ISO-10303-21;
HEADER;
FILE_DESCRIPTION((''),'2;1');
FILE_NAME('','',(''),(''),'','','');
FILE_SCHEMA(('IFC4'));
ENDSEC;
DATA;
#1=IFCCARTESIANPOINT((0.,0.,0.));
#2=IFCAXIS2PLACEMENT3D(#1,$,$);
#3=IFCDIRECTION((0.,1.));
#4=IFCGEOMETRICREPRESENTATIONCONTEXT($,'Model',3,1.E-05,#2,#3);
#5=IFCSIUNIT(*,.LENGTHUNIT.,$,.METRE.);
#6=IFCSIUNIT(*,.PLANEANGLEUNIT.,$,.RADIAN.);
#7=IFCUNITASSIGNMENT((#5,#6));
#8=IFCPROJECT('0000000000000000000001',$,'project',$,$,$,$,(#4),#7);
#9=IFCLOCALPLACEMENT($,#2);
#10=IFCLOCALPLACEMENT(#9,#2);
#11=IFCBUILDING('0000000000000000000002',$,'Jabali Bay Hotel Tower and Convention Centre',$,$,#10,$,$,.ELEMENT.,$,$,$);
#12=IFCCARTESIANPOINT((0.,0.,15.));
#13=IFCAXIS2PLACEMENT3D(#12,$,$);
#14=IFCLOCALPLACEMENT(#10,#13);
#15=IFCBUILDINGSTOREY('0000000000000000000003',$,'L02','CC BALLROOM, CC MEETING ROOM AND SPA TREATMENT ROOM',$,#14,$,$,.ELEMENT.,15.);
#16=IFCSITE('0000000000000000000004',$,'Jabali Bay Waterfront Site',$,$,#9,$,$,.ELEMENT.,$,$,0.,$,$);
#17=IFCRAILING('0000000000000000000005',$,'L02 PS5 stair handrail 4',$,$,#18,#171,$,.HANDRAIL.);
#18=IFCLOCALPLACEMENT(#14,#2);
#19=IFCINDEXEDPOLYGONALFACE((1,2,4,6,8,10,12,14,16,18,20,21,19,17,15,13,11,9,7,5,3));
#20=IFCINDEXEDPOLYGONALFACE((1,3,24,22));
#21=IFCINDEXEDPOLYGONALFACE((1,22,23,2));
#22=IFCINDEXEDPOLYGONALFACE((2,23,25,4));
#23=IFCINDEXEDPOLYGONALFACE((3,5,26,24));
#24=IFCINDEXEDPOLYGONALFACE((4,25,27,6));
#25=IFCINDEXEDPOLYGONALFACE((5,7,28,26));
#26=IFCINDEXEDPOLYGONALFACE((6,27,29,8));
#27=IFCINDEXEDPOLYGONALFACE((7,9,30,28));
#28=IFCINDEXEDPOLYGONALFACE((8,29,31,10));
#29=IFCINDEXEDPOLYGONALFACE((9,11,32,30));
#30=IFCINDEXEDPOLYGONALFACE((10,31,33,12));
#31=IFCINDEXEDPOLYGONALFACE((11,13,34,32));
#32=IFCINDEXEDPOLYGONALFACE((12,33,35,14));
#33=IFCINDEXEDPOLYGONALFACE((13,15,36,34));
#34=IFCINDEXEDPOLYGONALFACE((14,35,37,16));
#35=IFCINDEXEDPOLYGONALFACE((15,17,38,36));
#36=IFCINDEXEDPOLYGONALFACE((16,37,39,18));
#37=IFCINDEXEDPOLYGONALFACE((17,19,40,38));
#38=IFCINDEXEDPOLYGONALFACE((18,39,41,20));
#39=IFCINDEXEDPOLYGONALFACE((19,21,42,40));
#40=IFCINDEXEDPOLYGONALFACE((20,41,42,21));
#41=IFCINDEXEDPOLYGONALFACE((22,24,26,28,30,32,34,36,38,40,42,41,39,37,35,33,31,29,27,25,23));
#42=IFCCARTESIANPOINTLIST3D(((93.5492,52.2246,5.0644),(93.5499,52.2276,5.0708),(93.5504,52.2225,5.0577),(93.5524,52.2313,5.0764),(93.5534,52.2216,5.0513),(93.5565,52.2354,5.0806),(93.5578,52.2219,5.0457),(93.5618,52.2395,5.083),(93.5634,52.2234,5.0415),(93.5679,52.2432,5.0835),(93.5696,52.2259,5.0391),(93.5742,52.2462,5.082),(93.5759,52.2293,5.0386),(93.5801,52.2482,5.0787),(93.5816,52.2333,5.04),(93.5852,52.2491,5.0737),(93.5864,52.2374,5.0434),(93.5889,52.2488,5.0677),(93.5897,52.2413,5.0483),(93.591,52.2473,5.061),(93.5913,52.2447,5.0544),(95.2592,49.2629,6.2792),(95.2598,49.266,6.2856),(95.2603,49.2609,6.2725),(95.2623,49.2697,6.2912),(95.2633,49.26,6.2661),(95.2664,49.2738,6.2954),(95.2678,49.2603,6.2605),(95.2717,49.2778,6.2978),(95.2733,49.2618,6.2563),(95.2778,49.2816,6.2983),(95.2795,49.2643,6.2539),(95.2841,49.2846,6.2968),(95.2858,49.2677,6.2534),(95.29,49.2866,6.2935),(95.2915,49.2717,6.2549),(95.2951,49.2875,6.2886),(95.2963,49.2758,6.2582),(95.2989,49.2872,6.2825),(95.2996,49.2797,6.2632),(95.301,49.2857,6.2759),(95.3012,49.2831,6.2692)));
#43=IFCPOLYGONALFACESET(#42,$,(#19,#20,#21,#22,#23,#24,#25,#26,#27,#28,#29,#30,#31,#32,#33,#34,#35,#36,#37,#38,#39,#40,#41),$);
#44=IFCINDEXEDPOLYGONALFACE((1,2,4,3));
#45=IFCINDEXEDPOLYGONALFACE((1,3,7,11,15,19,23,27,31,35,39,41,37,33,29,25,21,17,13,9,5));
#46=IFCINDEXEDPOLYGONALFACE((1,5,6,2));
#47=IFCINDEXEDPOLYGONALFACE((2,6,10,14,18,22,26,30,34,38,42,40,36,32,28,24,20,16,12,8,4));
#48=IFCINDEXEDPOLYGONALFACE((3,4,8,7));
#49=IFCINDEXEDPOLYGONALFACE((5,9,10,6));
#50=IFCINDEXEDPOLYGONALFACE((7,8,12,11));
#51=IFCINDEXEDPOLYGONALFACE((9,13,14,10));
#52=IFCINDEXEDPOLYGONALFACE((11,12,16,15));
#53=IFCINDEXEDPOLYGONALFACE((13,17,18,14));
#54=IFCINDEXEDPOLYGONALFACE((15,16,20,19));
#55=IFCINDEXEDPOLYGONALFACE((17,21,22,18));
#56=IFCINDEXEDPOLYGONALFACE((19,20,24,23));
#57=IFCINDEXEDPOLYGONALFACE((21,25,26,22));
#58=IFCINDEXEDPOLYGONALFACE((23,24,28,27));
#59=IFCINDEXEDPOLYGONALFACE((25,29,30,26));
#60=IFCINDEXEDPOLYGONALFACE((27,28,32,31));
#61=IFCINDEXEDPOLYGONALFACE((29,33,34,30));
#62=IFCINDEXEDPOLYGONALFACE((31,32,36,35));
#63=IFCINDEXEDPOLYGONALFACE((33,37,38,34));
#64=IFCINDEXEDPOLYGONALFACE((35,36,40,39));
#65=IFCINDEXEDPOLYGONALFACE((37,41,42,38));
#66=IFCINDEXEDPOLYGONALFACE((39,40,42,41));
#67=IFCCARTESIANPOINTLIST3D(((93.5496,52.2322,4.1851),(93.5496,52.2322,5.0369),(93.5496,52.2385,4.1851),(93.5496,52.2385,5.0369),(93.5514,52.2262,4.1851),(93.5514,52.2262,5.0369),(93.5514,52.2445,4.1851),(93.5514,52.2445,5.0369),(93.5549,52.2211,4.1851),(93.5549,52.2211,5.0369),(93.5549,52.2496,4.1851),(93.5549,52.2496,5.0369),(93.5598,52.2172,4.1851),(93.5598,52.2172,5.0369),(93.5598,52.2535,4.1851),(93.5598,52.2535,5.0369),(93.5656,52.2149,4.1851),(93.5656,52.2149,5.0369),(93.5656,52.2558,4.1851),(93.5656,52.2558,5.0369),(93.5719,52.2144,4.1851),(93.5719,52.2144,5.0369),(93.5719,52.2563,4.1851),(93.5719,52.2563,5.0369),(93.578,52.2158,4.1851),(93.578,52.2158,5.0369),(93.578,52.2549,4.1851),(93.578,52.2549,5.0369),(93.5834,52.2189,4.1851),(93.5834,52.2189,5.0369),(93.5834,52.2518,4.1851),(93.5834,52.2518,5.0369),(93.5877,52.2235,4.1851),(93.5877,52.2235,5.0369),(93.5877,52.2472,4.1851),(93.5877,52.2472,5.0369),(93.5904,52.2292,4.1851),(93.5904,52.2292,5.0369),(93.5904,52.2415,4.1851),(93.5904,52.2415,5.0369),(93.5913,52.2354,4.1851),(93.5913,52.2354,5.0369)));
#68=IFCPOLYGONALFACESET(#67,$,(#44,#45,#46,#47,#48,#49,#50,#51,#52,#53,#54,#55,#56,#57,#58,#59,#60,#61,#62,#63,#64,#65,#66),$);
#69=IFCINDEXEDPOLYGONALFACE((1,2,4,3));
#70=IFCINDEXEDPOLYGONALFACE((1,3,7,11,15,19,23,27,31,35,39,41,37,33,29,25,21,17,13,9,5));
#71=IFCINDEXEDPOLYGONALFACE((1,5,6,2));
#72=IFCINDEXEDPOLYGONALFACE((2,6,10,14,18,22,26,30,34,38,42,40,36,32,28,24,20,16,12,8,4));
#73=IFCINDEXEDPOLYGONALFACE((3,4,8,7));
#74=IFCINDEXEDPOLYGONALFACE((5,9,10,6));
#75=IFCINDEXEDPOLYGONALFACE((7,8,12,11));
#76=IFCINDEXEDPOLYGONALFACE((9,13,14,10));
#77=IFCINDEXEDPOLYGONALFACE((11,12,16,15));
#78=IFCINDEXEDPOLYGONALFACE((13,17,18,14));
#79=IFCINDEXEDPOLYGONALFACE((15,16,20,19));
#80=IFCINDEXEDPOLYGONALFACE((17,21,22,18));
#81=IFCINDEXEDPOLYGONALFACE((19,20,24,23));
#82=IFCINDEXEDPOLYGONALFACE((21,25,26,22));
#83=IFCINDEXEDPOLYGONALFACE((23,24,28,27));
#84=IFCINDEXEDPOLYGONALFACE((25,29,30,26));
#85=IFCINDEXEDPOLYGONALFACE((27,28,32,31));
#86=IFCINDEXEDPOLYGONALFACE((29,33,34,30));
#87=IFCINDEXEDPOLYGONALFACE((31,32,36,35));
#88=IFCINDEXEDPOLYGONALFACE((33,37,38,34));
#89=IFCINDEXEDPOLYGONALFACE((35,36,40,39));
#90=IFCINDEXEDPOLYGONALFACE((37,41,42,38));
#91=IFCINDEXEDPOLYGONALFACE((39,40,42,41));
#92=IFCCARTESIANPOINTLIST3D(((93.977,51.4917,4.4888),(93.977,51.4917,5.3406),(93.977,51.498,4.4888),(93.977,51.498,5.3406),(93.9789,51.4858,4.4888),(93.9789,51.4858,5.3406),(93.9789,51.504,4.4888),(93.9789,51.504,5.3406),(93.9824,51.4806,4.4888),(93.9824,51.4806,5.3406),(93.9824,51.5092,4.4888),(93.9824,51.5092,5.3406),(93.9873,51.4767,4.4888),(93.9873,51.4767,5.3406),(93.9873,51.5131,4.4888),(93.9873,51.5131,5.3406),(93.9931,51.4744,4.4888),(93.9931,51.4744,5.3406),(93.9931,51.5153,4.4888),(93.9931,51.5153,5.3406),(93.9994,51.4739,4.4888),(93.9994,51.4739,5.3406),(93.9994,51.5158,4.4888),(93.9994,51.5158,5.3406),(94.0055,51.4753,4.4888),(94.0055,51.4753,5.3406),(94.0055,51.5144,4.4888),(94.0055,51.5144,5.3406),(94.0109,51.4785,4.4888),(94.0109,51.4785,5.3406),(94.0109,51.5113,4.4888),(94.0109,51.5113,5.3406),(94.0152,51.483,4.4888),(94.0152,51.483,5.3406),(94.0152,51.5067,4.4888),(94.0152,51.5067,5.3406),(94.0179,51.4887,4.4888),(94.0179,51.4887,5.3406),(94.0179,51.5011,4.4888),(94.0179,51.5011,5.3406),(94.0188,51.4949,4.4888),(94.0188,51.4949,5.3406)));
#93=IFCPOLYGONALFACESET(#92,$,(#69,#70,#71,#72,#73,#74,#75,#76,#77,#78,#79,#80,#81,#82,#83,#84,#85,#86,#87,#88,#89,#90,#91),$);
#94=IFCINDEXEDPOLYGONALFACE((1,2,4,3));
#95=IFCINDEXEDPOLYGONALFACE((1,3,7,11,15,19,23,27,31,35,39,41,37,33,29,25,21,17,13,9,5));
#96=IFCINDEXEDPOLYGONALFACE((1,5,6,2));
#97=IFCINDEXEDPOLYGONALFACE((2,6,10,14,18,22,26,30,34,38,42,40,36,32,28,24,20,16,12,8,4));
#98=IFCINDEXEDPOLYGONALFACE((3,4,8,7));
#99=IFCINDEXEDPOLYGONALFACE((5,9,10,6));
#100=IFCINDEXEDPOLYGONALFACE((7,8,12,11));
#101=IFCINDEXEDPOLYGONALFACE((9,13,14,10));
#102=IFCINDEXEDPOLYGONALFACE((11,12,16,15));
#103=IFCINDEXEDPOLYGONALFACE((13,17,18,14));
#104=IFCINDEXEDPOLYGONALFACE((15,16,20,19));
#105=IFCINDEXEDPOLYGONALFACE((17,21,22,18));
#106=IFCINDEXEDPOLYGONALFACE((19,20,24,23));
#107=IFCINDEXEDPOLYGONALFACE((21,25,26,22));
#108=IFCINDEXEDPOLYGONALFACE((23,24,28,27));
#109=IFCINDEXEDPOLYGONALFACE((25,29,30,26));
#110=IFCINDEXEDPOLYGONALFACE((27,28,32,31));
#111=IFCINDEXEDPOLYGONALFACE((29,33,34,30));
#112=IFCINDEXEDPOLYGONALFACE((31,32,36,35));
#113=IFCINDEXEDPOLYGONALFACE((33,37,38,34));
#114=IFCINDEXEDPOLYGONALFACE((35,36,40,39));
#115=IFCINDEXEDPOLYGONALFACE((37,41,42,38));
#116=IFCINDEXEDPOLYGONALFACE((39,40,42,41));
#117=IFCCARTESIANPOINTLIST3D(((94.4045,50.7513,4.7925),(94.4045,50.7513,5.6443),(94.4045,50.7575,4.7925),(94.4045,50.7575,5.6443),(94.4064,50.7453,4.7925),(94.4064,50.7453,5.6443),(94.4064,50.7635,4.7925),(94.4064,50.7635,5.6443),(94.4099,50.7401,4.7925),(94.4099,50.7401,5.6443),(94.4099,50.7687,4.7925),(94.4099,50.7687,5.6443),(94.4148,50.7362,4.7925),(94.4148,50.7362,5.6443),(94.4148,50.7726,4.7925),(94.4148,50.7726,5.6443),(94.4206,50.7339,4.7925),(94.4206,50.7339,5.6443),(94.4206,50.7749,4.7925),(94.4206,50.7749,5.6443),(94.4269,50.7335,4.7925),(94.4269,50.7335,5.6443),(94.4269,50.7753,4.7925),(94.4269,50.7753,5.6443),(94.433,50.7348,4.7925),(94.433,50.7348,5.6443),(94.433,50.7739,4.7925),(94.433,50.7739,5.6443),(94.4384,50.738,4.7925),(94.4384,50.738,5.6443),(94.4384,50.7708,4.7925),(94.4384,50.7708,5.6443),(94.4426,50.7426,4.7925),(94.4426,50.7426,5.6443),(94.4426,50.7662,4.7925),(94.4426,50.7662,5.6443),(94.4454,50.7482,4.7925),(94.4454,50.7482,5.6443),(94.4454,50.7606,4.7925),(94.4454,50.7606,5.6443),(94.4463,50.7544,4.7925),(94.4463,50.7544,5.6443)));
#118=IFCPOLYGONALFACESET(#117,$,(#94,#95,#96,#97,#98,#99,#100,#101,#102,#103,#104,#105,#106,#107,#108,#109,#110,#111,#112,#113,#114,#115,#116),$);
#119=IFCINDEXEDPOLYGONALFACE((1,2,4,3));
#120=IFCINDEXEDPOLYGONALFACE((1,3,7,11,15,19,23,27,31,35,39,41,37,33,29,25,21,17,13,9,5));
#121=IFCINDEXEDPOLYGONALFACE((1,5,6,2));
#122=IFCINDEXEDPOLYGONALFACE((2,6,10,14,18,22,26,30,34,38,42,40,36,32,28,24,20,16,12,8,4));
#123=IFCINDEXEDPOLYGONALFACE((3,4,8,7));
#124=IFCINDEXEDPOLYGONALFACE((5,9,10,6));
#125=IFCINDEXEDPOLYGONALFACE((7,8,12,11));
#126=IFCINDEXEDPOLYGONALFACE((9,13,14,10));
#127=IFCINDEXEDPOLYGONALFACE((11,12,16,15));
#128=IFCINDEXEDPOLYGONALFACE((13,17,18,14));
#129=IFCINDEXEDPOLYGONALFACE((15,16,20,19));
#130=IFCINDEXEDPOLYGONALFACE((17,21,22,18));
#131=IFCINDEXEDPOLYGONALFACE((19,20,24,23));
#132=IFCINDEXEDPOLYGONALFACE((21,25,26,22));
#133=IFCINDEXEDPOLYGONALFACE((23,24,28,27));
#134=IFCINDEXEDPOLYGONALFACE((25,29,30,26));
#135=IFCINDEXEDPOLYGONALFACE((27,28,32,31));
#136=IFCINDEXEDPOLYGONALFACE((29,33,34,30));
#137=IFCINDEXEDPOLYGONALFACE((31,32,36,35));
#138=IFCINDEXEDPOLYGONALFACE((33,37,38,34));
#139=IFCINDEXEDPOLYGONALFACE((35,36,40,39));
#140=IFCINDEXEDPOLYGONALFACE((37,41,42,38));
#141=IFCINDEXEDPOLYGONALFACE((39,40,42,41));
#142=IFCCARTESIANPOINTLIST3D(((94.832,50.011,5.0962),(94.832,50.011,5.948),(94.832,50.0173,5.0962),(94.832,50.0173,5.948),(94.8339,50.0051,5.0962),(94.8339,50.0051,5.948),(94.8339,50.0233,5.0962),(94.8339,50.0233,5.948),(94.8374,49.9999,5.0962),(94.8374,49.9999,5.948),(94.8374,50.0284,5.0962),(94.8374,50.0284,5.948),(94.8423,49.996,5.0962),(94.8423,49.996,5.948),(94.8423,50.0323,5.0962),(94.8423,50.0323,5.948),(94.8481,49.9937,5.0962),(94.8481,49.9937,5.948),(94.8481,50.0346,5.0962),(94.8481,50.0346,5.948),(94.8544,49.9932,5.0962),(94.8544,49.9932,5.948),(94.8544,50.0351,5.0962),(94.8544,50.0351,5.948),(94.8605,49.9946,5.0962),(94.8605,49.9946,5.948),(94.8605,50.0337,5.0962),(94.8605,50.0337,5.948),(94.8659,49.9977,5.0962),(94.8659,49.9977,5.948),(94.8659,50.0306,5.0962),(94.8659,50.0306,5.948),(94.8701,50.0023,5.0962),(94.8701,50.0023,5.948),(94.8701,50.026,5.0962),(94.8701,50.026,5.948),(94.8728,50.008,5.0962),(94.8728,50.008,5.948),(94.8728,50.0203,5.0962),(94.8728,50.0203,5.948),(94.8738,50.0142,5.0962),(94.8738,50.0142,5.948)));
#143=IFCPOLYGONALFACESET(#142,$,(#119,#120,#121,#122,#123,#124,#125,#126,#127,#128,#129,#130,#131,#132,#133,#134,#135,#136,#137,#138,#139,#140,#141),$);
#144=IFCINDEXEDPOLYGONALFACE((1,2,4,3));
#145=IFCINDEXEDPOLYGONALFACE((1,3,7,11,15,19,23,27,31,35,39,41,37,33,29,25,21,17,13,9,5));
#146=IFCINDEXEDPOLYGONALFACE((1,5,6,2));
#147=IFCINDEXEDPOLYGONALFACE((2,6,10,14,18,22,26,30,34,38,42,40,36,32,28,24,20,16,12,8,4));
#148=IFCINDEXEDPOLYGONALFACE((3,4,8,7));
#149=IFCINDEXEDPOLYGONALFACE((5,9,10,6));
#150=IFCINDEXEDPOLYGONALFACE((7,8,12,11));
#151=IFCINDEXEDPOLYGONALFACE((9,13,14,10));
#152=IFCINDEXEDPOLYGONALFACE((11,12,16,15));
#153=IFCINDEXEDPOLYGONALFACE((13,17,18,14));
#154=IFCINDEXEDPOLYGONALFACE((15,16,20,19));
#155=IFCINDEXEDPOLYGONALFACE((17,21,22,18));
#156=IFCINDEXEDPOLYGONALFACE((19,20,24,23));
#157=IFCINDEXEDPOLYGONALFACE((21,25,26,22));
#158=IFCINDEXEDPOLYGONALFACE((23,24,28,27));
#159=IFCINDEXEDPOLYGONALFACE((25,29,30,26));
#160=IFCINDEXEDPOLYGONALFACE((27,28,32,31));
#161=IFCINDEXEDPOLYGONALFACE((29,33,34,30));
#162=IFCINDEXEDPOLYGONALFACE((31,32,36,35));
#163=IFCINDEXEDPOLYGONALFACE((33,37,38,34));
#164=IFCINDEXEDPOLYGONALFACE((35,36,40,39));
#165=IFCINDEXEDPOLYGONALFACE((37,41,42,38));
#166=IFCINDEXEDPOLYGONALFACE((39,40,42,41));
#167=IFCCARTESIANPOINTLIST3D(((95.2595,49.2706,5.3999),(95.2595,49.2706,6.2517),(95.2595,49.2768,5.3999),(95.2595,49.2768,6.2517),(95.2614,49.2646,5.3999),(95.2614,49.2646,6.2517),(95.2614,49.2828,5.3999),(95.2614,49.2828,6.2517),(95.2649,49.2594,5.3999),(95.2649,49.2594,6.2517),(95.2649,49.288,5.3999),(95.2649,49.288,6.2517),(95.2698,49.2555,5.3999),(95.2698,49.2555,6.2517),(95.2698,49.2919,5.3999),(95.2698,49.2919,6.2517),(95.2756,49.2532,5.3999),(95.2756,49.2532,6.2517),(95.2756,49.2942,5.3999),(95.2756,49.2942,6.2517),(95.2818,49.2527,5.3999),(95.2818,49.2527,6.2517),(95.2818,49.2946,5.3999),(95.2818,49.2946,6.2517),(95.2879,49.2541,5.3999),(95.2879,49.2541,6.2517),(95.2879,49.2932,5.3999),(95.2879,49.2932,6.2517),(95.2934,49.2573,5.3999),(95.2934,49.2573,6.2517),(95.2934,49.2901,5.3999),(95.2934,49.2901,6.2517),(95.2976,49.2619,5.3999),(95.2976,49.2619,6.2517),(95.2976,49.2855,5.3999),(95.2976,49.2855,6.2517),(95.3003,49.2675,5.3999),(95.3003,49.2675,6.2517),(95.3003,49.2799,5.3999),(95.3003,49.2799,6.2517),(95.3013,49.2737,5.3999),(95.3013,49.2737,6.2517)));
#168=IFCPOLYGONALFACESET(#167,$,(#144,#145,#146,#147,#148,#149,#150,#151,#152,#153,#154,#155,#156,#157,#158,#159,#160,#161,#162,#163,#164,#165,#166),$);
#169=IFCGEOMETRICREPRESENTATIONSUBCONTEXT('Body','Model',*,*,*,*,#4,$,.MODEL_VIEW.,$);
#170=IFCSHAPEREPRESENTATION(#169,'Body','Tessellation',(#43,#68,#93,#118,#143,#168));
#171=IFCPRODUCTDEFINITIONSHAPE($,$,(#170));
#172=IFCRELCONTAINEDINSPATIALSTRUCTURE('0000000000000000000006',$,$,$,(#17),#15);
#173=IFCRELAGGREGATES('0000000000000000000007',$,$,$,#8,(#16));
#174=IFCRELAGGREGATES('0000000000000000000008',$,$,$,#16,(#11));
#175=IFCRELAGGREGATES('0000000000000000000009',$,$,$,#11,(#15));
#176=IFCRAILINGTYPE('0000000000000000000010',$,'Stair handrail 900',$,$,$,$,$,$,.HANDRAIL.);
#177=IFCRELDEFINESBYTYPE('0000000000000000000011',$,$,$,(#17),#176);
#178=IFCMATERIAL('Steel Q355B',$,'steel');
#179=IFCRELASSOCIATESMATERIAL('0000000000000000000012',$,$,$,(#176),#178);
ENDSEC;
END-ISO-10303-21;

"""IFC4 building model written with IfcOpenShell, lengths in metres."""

from ifc_helpers import new_model, si_unit, direction, frame, origin, origin_2d, place, context, subcontext, project, spatial, circle, extrude, material, type_object, element, save


model = new_model("IFC4")

# Units and contexts
model_context = context("Model", 3, precision=1e-05, world=origin(), true_north=direction((0.0, 1.0)))
body_context = subcontext(model_context, "Body", "Model", "MODEL_VIEW")
ifc_project = project(units=[si_unit("LENGTHUNIT", "METRE"), si_unit("PLANEANGLEUNIT", "RADIAN")], contexts=[model_context])

# Site, building, storey
site_placement = place(None, origin())
site = spatial("IfcSite", under=ifc_project, at=site_placement, Name="Jabali Bay Waterfront Site", CompositionType="ELEMENT", RefElevation=0.0)
building_placement = place(site_placement, origin())
building = spatial("IfcBuilding", under=site, at=building_placement, Name="Jabali Bay Hotel Tower and Convention Centre", CompositionType="ELEMENT")
storey_placement = place(building_placement, frame((0.0, 0.0, 15.0)))
storey = spatial("IfcBuildingStorey", under=building, at=storey_placement, Name="L02", Description="CC BALLROOM, CC MEETING ROOM AND SPA TREATMENT ROOM", CompositionType="ELEMENT", Elevation=15.0)

# Railing
ifc_material_1 = material(Name="Steel Q355B", Category="steel")
railing_type_1 = type_object("IfcRailingType", Name="Stair handrail 900", PredefinedType="HANDRAIL", material=ifc_material_1)
for number, where, name in (
    (1, (93.5703, 52.2354, 4.1851), "L02 PS5 stair handrail 4"),
):
    element("IfcRailing", number, at=place(storey_placement, frame(where)), inside=storey, type_object=railing_type_1, Name=name, PredefinedType="HANDRAIL", context=body_context, shape_type="SweptSolid", body=[
        extrude(circle(Radius=0.0239, at=origin_2d()), frame((0.0, 0.0, 0.876), z_axis=(0.471164, -0.81606, 0.334739), x_axis=(0.86602, 0.500009, 0.0)), (0.0, 0.0, 1.0), 3.6292),
        extrude(circle(Radius=0.021, at=origin_2d()), origin(), (0.0, 0.0, 1.0), 0.8518),
        extrude(circle(Radius=0.021, at=origin_2d()), frame((0.4275, -0.7405, 0.3037)), (0.0, 0.0, 1.0), 0.8518),
        extrude(circle(Radius=0.021, at=origin_2d()), frame((0.855, -1.481, 0.6074)), (0.0, 0.0, 1.0), 0.8518),
        extrude(circle(Radius=0.021, at=origin_2d()), frame((1.2825, -2.2212, 0.9111)), (0.0, 0.0, 1.0), 0.8518),
        extrude(circle(Radius=0.021, at=origin_2d()), frame((1.71, -2.9617, 1.2148)), (0.0, 0.0, 1.0), 0.8518),
    ])

save(model, "model.ifc")
